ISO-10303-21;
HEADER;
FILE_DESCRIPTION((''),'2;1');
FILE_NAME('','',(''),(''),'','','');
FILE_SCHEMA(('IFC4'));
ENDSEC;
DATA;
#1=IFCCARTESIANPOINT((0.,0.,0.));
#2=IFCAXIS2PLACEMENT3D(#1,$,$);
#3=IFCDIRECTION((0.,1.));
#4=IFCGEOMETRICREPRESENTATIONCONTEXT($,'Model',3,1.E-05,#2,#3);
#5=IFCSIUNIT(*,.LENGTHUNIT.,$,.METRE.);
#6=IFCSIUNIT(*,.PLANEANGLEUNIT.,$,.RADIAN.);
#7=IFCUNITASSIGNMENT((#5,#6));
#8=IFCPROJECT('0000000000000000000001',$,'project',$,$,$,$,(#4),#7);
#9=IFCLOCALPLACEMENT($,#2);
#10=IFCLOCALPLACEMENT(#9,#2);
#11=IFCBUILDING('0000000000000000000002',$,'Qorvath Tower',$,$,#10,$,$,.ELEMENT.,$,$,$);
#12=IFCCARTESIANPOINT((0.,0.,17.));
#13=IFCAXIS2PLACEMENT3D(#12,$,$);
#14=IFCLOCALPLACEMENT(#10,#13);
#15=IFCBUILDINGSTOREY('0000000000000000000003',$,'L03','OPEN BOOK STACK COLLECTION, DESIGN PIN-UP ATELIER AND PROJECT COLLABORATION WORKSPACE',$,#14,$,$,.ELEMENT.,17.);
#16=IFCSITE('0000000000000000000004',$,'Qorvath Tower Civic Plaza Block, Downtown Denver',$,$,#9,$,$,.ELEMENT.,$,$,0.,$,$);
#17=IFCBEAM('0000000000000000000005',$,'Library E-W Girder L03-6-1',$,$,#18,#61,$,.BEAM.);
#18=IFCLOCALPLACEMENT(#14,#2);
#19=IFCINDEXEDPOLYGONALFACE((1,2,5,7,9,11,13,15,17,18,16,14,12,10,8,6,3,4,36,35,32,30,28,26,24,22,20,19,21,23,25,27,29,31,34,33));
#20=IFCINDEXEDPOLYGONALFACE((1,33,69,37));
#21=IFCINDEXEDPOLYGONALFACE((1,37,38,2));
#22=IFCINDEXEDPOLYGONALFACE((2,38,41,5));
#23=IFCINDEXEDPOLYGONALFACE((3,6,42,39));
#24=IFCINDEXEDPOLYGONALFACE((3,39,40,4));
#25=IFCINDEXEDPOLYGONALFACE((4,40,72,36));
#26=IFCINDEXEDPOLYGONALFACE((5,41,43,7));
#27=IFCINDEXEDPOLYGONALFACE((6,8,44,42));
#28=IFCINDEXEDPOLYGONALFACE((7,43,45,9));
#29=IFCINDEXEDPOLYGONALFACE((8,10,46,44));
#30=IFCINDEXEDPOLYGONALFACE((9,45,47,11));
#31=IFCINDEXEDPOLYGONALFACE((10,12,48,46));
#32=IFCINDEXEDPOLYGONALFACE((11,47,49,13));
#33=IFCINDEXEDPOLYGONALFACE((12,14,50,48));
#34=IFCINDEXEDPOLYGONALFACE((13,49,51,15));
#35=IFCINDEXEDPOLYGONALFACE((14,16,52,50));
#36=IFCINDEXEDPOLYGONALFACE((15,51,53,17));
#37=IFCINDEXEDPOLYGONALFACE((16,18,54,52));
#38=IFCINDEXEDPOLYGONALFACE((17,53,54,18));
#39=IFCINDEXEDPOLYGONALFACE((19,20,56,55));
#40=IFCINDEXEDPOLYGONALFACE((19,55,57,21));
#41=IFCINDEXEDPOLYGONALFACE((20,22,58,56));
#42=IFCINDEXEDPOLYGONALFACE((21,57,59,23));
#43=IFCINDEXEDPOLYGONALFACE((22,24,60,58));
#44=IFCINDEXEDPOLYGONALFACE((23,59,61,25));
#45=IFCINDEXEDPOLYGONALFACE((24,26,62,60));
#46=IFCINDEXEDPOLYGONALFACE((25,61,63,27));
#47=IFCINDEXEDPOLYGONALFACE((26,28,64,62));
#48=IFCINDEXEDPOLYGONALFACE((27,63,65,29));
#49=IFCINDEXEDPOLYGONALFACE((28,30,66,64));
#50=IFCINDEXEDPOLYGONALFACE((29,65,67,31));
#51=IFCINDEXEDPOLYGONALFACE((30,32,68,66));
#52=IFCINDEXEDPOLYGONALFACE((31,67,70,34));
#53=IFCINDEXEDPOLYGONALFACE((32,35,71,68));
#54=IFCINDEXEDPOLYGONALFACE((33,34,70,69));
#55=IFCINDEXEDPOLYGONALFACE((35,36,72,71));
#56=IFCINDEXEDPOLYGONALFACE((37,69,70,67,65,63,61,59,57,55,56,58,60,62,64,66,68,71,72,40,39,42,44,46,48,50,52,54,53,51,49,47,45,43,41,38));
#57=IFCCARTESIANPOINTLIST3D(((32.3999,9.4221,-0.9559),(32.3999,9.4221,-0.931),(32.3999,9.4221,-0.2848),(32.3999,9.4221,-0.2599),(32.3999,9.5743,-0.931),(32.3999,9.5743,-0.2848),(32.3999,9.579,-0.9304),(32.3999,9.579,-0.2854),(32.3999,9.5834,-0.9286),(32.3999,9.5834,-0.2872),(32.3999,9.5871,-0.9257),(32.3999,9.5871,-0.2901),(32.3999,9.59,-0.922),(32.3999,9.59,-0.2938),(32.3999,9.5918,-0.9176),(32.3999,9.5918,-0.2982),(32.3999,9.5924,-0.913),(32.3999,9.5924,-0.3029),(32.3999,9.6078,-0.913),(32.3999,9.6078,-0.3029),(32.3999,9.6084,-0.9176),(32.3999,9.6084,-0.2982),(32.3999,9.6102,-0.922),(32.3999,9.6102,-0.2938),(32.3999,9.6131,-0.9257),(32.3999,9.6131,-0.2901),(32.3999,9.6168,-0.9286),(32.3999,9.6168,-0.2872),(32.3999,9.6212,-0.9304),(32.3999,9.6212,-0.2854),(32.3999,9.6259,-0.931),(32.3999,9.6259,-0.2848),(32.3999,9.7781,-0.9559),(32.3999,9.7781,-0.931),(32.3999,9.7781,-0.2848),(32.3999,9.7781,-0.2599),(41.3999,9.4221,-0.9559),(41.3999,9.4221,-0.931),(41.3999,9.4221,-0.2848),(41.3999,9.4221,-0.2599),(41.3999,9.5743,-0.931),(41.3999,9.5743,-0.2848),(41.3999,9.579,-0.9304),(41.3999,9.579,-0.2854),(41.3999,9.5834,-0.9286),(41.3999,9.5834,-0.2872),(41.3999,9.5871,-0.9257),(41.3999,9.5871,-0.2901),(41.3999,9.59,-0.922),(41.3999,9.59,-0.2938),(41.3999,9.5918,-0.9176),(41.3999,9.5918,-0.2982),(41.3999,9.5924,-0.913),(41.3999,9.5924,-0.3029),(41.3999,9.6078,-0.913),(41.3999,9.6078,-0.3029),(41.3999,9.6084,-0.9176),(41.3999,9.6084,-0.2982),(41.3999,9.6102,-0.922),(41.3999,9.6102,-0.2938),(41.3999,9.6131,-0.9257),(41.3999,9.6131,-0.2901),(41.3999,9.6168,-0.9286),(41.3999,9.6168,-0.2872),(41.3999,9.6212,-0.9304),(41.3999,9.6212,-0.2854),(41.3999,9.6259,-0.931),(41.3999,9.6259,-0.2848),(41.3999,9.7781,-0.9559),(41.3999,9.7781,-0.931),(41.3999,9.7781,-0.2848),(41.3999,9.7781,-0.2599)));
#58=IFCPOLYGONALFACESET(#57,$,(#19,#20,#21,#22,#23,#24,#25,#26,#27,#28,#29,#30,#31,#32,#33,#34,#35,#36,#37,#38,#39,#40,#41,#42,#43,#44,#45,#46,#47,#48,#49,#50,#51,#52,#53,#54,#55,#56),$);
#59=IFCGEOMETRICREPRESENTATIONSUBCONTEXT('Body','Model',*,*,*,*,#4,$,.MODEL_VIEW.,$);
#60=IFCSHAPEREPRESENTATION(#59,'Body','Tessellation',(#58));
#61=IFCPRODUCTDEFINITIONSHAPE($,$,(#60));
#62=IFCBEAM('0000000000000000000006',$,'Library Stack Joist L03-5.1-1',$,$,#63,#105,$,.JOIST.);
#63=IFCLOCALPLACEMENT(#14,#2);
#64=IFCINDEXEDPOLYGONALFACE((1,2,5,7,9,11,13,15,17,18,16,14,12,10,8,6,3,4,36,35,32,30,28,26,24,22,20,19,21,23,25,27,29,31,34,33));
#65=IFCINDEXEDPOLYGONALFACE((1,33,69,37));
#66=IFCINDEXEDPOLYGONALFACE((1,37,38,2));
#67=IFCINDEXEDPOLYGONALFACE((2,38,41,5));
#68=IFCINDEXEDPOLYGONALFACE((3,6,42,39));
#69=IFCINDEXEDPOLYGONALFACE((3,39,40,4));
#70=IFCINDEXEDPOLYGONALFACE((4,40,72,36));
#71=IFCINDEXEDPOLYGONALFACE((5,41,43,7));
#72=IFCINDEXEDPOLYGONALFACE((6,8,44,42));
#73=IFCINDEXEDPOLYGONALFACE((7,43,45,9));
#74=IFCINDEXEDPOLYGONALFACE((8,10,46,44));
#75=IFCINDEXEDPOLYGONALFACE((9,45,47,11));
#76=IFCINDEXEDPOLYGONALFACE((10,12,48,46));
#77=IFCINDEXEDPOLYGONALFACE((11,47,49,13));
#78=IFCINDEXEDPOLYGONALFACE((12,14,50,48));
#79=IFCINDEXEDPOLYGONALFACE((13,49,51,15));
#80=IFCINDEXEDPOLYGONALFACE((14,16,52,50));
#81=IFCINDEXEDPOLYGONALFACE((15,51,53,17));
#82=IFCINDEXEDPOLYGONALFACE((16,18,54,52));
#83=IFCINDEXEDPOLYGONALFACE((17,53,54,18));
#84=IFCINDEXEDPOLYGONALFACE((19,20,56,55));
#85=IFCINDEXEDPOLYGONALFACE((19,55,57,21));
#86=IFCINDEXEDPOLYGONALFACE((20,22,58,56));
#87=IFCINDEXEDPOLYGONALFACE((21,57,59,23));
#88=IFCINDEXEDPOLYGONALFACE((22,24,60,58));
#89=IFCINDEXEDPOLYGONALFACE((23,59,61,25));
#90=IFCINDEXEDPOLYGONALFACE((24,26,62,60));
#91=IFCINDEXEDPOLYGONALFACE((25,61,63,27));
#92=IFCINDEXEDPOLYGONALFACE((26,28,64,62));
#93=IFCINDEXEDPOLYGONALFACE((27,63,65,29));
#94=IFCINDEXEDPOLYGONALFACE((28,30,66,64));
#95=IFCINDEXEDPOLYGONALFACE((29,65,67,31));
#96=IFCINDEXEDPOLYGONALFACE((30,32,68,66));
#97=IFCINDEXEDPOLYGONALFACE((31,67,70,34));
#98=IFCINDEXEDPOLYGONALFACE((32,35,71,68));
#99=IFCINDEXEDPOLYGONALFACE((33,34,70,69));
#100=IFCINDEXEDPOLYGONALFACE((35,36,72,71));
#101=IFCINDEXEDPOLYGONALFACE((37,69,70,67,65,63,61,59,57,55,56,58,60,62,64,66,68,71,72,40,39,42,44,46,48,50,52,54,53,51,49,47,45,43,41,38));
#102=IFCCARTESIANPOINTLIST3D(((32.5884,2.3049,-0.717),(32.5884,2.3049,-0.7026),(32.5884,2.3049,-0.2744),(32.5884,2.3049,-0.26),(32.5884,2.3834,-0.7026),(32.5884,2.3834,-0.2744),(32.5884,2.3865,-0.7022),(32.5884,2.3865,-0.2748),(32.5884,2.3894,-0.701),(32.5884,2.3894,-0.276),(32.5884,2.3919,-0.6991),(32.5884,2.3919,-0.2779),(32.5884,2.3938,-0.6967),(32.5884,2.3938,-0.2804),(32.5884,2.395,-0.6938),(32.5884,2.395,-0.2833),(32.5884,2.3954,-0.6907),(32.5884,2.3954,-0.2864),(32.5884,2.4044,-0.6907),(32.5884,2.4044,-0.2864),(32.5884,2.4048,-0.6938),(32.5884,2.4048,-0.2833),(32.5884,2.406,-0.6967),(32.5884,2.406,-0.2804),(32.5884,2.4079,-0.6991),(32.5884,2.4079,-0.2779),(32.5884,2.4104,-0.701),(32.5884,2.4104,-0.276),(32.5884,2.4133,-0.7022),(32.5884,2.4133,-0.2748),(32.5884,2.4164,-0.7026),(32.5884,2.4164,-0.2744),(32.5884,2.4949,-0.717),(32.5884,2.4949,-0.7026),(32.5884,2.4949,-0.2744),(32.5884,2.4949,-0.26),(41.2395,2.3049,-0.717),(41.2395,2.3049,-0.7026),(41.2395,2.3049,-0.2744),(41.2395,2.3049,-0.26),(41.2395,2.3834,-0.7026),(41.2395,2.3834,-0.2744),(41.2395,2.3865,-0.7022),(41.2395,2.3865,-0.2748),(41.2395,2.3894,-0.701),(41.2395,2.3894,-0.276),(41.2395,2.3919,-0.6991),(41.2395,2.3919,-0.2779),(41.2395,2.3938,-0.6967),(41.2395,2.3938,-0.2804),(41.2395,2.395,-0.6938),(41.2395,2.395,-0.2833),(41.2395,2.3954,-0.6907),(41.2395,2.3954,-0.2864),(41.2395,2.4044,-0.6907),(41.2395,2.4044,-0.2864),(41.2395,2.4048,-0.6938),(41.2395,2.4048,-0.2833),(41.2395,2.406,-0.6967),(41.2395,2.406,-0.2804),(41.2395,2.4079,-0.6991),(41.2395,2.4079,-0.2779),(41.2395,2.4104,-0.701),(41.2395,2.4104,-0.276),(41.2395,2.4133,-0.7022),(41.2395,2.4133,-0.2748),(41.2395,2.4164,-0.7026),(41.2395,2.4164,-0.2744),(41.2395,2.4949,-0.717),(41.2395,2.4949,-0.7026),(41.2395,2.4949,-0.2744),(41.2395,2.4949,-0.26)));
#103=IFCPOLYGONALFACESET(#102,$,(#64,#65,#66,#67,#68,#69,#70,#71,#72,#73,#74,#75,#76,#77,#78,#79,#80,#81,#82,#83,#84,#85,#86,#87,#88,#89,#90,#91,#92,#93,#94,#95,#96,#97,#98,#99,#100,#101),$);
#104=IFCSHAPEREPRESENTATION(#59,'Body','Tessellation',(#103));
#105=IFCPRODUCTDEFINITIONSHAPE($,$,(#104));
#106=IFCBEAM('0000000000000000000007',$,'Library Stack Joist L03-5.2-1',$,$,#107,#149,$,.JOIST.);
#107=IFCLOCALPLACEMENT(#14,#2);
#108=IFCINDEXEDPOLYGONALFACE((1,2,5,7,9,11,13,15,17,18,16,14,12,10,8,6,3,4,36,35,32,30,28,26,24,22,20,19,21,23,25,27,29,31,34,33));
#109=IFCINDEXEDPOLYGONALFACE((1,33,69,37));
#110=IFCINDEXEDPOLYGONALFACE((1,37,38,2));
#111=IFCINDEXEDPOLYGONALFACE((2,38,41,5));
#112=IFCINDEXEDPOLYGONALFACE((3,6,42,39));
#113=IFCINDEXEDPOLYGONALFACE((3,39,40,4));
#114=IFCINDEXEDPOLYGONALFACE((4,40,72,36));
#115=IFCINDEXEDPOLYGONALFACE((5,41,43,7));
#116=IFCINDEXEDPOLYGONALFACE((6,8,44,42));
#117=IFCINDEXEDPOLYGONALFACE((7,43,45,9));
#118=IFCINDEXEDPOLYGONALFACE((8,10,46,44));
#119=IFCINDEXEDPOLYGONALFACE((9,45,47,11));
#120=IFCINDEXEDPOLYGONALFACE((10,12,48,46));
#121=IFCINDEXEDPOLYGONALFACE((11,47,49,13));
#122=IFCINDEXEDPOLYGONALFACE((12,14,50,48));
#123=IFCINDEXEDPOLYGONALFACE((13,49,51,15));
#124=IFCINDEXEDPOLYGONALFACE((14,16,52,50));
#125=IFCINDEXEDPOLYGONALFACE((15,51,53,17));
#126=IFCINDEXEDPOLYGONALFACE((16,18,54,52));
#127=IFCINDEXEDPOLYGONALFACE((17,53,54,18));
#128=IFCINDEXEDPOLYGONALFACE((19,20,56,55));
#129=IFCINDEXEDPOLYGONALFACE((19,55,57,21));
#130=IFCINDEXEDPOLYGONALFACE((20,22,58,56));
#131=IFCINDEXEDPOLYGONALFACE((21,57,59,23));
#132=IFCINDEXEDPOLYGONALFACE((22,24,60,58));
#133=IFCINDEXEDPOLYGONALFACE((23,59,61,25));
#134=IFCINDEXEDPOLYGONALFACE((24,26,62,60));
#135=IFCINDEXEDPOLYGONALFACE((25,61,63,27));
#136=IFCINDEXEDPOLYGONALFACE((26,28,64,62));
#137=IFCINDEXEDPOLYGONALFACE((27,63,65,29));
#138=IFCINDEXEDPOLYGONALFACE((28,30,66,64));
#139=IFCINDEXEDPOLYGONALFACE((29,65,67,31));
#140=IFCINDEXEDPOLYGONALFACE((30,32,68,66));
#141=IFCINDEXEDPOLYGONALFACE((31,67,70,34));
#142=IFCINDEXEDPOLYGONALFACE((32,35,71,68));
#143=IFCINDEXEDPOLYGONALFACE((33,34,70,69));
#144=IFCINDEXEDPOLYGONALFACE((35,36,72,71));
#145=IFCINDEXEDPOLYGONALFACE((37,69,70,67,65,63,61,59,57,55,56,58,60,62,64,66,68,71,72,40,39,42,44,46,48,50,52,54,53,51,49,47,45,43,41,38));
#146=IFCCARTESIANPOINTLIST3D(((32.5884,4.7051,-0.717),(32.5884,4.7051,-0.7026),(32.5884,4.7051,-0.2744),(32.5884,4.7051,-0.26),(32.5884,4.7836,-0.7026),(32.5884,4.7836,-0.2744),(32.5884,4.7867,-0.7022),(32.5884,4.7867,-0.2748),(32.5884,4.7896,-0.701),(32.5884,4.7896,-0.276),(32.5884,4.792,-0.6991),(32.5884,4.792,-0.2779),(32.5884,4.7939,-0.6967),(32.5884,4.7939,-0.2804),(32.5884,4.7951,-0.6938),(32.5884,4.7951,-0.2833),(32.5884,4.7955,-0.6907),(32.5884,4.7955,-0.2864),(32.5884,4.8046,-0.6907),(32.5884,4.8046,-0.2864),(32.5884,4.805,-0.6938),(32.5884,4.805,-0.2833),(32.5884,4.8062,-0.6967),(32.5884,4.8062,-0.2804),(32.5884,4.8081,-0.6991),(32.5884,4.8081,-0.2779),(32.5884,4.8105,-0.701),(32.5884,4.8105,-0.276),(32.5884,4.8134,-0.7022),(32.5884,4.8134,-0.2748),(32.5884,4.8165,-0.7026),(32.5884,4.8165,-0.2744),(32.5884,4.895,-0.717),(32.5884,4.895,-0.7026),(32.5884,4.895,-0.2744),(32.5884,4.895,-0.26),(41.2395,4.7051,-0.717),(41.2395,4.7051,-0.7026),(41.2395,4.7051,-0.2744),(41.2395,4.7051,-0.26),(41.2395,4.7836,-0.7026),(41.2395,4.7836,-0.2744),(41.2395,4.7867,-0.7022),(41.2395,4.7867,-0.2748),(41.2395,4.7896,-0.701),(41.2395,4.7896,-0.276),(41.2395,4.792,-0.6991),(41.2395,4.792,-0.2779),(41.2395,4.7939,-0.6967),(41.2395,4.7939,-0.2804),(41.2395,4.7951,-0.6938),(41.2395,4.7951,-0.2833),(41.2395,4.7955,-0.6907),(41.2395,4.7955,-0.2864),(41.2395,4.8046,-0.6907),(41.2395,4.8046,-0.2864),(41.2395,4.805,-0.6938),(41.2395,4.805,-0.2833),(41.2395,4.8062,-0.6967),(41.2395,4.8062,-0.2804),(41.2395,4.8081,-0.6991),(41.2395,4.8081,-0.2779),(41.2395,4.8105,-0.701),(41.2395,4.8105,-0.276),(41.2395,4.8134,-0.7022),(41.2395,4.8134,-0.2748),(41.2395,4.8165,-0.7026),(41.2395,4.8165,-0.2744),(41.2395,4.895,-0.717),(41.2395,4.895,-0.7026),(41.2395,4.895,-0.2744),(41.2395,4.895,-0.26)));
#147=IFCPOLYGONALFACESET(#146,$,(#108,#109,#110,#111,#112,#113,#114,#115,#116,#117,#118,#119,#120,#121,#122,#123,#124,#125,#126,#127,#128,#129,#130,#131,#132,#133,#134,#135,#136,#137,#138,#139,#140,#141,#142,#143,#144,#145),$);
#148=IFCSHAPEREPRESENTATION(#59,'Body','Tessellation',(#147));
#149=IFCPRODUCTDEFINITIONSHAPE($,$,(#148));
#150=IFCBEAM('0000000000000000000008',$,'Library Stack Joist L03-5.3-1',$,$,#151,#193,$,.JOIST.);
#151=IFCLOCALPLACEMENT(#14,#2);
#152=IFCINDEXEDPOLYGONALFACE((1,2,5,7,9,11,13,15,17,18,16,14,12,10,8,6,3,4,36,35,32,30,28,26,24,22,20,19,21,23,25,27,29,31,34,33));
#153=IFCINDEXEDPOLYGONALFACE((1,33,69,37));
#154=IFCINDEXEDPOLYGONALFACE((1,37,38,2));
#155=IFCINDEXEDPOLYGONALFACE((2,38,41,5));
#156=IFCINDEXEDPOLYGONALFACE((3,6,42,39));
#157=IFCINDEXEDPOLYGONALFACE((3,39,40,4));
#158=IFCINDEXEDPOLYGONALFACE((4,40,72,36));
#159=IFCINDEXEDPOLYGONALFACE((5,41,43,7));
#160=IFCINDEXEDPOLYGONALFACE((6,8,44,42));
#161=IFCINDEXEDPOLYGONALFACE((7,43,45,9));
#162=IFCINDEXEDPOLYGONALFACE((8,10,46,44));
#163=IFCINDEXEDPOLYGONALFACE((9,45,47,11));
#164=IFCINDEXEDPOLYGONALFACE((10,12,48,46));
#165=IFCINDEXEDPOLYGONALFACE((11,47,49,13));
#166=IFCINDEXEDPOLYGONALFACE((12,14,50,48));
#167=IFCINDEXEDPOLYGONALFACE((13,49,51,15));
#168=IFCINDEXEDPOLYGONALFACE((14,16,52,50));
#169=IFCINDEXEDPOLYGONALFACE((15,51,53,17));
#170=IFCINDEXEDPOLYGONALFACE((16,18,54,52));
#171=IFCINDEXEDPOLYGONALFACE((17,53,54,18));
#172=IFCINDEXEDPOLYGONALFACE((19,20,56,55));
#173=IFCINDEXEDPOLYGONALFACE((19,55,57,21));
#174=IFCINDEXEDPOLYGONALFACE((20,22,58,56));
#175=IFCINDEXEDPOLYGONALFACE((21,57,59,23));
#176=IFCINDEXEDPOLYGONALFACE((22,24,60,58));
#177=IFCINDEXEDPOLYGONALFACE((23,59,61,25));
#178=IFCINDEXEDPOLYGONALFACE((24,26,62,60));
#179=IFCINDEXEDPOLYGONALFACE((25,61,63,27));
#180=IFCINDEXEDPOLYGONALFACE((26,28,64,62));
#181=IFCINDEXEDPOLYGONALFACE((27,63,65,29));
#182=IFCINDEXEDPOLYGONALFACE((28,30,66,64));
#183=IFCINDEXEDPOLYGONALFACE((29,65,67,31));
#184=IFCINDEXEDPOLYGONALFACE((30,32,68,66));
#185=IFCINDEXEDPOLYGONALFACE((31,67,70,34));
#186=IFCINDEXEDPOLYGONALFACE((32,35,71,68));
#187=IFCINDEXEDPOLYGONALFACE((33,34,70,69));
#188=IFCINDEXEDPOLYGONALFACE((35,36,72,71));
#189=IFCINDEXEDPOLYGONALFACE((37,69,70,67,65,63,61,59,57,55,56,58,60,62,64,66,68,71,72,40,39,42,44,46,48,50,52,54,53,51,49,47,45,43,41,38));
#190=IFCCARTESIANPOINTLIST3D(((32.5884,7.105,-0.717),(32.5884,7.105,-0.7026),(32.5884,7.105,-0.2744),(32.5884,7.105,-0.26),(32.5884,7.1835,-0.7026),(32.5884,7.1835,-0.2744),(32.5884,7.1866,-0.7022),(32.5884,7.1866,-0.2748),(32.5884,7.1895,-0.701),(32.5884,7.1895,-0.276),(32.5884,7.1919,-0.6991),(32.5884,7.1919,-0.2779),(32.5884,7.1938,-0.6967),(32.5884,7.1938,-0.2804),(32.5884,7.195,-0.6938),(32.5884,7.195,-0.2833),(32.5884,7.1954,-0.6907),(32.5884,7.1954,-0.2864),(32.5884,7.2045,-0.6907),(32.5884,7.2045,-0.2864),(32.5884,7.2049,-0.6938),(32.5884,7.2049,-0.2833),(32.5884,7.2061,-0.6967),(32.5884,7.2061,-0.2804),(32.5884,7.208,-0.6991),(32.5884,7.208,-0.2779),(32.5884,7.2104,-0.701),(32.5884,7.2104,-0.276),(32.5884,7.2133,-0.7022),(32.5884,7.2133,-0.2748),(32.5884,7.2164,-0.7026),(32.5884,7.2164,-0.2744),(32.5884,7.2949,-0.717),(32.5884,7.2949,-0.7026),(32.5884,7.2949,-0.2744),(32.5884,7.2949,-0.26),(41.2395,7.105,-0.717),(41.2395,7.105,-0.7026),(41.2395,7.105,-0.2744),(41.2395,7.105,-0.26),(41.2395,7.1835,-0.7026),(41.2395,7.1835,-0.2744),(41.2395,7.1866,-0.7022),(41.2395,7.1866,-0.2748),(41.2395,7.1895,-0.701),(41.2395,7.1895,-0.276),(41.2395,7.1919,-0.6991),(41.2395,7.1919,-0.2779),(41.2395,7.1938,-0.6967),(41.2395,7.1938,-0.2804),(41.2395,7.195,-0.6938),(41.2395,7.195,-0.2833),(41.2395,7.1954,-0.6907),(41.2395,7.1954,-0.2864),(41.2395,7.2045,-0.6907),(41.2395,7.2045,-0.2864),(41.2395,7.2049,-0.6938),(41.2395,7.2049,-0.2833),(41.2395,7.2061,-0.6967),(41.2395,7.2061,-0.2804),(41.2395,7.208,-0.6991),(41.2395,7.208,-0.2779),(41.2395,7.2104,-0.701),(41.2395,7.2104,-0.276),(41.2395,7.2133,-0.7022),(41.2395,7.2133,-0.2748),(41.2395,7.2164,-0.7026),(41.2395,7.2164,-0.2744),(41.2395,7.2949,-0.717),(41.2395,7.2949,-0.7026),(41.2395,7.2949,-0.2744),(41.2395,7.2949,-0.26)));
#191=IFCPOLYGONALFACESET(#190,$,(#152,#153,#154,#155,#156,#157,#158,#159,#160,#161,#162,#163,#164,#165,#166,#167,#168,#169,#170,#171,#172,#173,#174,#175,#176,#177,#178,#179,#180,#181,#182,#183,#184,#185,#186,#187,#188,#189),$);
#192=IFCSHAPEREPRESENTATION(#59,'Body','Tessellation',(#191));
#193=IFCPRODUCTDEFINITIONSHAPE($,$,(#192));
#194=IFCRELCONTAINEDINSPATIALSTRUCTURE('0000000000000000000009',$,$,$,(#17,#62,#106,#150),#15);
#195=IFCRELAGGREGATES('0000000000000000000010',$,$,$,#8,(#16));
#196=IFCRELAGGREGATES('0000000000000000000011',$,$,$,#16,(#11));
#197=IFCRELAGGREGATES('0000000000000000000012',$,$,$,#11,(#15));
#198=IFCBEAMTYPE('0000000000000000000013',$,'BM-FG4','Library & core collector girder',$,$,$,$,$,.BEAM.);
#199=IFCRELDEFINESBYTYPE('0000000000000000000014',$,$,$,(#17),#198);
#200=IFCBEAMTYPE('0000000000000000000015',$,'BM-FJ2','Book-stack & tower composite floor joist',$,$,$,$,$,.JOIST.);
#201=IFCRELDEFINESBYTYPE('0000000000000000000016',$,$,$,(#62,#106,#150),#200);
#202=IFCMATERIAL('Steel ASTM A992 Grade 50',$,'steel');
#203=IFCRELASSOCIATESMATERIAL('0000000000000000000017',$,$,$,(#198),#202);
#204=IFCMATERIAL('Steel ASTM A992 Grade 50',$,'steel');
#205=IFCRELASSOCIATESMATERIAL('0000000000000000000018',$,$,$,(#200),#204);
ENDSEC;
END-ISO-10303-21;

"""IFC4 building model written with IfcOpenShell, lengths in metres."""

from ifc_helpers import new_model, si_unit, direction, frame, origin, origin_2d, place, context, subcontext, project, spatial, i_section, extrude, material, material_profile, profile_set, type_object, element, save


model = new_model("IFC4")

# Units and contexts
model_context = context("Model", 3, precision=1e-05, world=origin(), true_north=direction((0.0, 1.0)))
body_context = subcontext(model_context, "Body", "Model", "MODEL_VIEW")
ifc_project = project(units=[si_unit("LENGTHUNIT", "METRE"), si_unit("PLANEANGLEUNIT", "RADIAN")], contexts=[model_context])

# Site, building, storey
site_placement = place(None, origin())
site = spatial("IfcSite", under=ifc_project, at=site_placement, Name="Qorvath Tower Civic Plaza Block, Downtown Denver", CompositionType="ELEMENT", RefElevation=0.0)
building_placement = place(site_placement, origin())
building = spatial("IfcBuilding", under=site, at=building_placement, Name="Qorvath Tower", CompositionType="ELEMENT")
storey_placement = place(building_placement, frame((0.0, 0.0, 17.0)))
storey = spatial("IfcBuildingStorey", under=building, at=storey_placement, Name="L03", Description="OPEN BOOK STACK COLLECTION, DESIGN PIN-UP ATELIER AND PROJECT COLLABORATION WORKSPACE", CompositionType="ELEMENT", Elevation=17.0)

# Beams
ifc_material_1 = material(Name="Steel ASTM A992 Grade 50", Category="steel")
ifc_material_profile_1 = material_profile(ifc_material_1, i_section(OverallWidth=0.356, OverallDepth=0.696, WebThickness=0.0154, FlangeThickness=0.0249, FilletRadius=0.0181, at=origin_2d()), Name="W27x146")
ifc_profile_set_1 = profile_set([ifc_material_profile_1], Name="Steel ASTM A992 Grade 50")
beam_type_1 = type_object("IfcBeamType", Name="BM-FG4", Description="Library & core collector girder", PredefinedType="BEAM", material=ifc_profile_set_1)
for number, where, z_axis, x_axis, name in (
    (1, (32.3999, 9.6001, -0.6079), (1.0, 0.0, 0.0), (0.0, 1.0, 0.0), "Library E-W Girder L03-6-1"),
):
    element("IfcBeam", number, at=place(storey_placement, frame(where, z_axis=z_axis, x_axis=x_axis)), inside=storey, type_object=beam_type_1, Name=name, PredefinedType="BEAM", context=body_context, shape_type="SweptSolid", body=[
        extrude(i_section(OverallWidth=0.356, OverallDepth=0.696, WebThickness=0.0154, FlangeThickness=0.0249, FilletRadius=0.0181, at=origin_2d()), origin(), (0.0, 0.0, 1.0), 9.0),
    ])
ifc_material_2 = material(Name="Steel ASTM A992 Grade 50", Category="steel")
ifc_material_profile_2 = material_profile(ifc_material_2, i_section(OverallWidth=0.1899, OverallDepth=0.457, WebThickness=0.009, FlangeThickness=0.0144, FilletRadius=0.012, at=origin_2d()), Name="W18x50")
ifc_profile_set_2 = profile_set([ifc_material_profile_2], Name="Steel ASTM A992 Grade 50")
beam_type_2 = type_object("IfcBeamType", Name="BM-FJ2", Description="Book-stack & tower composite floor joist", PredefinedType="JOIST", material=ifc_profile_set_2)
for number, where, z_axis, x_axis, name in (
    (2, (32.5884, 2.3999, -0.4885), (1.0, 0.0, 0.0), (0.0, 1.0, 0.0), "Library Stack Joist L03-5.1-1"),
    (3, (32.5884, 4.8, -0.4885), (1.0, 0.0, 0.0), (0.0, 1.0, 0.0), "Library Stack Joist L03-5.2-1"),
    (4, (32.5884, 7.2, -0.4885), (1.0, 0.0, 0.0), (0.0, 1.0, 0.0), "Library Stack Joist L03-5.3-1"),
):
    element("IfcBeam", number, at=place(storey_placement, frame(where, z_axis=z_axis, x_axis=x_axis)), inside=storey, type_object=beam_type_2, Name=name, PredefinedType="JOIST", context=body_context, shape_type="SweptSolid", body=[
        extrude(i_section(OverallWidth=0.1899, OverallDepth=0.457, WebThickness=0.009, FlangeThickness=0.0144, FilletRadius=0.012, at=origin_2d()), origin(), (0.0, 0.0, 1.0), 8.6511),
    ])

save(model, "model.ifc")
